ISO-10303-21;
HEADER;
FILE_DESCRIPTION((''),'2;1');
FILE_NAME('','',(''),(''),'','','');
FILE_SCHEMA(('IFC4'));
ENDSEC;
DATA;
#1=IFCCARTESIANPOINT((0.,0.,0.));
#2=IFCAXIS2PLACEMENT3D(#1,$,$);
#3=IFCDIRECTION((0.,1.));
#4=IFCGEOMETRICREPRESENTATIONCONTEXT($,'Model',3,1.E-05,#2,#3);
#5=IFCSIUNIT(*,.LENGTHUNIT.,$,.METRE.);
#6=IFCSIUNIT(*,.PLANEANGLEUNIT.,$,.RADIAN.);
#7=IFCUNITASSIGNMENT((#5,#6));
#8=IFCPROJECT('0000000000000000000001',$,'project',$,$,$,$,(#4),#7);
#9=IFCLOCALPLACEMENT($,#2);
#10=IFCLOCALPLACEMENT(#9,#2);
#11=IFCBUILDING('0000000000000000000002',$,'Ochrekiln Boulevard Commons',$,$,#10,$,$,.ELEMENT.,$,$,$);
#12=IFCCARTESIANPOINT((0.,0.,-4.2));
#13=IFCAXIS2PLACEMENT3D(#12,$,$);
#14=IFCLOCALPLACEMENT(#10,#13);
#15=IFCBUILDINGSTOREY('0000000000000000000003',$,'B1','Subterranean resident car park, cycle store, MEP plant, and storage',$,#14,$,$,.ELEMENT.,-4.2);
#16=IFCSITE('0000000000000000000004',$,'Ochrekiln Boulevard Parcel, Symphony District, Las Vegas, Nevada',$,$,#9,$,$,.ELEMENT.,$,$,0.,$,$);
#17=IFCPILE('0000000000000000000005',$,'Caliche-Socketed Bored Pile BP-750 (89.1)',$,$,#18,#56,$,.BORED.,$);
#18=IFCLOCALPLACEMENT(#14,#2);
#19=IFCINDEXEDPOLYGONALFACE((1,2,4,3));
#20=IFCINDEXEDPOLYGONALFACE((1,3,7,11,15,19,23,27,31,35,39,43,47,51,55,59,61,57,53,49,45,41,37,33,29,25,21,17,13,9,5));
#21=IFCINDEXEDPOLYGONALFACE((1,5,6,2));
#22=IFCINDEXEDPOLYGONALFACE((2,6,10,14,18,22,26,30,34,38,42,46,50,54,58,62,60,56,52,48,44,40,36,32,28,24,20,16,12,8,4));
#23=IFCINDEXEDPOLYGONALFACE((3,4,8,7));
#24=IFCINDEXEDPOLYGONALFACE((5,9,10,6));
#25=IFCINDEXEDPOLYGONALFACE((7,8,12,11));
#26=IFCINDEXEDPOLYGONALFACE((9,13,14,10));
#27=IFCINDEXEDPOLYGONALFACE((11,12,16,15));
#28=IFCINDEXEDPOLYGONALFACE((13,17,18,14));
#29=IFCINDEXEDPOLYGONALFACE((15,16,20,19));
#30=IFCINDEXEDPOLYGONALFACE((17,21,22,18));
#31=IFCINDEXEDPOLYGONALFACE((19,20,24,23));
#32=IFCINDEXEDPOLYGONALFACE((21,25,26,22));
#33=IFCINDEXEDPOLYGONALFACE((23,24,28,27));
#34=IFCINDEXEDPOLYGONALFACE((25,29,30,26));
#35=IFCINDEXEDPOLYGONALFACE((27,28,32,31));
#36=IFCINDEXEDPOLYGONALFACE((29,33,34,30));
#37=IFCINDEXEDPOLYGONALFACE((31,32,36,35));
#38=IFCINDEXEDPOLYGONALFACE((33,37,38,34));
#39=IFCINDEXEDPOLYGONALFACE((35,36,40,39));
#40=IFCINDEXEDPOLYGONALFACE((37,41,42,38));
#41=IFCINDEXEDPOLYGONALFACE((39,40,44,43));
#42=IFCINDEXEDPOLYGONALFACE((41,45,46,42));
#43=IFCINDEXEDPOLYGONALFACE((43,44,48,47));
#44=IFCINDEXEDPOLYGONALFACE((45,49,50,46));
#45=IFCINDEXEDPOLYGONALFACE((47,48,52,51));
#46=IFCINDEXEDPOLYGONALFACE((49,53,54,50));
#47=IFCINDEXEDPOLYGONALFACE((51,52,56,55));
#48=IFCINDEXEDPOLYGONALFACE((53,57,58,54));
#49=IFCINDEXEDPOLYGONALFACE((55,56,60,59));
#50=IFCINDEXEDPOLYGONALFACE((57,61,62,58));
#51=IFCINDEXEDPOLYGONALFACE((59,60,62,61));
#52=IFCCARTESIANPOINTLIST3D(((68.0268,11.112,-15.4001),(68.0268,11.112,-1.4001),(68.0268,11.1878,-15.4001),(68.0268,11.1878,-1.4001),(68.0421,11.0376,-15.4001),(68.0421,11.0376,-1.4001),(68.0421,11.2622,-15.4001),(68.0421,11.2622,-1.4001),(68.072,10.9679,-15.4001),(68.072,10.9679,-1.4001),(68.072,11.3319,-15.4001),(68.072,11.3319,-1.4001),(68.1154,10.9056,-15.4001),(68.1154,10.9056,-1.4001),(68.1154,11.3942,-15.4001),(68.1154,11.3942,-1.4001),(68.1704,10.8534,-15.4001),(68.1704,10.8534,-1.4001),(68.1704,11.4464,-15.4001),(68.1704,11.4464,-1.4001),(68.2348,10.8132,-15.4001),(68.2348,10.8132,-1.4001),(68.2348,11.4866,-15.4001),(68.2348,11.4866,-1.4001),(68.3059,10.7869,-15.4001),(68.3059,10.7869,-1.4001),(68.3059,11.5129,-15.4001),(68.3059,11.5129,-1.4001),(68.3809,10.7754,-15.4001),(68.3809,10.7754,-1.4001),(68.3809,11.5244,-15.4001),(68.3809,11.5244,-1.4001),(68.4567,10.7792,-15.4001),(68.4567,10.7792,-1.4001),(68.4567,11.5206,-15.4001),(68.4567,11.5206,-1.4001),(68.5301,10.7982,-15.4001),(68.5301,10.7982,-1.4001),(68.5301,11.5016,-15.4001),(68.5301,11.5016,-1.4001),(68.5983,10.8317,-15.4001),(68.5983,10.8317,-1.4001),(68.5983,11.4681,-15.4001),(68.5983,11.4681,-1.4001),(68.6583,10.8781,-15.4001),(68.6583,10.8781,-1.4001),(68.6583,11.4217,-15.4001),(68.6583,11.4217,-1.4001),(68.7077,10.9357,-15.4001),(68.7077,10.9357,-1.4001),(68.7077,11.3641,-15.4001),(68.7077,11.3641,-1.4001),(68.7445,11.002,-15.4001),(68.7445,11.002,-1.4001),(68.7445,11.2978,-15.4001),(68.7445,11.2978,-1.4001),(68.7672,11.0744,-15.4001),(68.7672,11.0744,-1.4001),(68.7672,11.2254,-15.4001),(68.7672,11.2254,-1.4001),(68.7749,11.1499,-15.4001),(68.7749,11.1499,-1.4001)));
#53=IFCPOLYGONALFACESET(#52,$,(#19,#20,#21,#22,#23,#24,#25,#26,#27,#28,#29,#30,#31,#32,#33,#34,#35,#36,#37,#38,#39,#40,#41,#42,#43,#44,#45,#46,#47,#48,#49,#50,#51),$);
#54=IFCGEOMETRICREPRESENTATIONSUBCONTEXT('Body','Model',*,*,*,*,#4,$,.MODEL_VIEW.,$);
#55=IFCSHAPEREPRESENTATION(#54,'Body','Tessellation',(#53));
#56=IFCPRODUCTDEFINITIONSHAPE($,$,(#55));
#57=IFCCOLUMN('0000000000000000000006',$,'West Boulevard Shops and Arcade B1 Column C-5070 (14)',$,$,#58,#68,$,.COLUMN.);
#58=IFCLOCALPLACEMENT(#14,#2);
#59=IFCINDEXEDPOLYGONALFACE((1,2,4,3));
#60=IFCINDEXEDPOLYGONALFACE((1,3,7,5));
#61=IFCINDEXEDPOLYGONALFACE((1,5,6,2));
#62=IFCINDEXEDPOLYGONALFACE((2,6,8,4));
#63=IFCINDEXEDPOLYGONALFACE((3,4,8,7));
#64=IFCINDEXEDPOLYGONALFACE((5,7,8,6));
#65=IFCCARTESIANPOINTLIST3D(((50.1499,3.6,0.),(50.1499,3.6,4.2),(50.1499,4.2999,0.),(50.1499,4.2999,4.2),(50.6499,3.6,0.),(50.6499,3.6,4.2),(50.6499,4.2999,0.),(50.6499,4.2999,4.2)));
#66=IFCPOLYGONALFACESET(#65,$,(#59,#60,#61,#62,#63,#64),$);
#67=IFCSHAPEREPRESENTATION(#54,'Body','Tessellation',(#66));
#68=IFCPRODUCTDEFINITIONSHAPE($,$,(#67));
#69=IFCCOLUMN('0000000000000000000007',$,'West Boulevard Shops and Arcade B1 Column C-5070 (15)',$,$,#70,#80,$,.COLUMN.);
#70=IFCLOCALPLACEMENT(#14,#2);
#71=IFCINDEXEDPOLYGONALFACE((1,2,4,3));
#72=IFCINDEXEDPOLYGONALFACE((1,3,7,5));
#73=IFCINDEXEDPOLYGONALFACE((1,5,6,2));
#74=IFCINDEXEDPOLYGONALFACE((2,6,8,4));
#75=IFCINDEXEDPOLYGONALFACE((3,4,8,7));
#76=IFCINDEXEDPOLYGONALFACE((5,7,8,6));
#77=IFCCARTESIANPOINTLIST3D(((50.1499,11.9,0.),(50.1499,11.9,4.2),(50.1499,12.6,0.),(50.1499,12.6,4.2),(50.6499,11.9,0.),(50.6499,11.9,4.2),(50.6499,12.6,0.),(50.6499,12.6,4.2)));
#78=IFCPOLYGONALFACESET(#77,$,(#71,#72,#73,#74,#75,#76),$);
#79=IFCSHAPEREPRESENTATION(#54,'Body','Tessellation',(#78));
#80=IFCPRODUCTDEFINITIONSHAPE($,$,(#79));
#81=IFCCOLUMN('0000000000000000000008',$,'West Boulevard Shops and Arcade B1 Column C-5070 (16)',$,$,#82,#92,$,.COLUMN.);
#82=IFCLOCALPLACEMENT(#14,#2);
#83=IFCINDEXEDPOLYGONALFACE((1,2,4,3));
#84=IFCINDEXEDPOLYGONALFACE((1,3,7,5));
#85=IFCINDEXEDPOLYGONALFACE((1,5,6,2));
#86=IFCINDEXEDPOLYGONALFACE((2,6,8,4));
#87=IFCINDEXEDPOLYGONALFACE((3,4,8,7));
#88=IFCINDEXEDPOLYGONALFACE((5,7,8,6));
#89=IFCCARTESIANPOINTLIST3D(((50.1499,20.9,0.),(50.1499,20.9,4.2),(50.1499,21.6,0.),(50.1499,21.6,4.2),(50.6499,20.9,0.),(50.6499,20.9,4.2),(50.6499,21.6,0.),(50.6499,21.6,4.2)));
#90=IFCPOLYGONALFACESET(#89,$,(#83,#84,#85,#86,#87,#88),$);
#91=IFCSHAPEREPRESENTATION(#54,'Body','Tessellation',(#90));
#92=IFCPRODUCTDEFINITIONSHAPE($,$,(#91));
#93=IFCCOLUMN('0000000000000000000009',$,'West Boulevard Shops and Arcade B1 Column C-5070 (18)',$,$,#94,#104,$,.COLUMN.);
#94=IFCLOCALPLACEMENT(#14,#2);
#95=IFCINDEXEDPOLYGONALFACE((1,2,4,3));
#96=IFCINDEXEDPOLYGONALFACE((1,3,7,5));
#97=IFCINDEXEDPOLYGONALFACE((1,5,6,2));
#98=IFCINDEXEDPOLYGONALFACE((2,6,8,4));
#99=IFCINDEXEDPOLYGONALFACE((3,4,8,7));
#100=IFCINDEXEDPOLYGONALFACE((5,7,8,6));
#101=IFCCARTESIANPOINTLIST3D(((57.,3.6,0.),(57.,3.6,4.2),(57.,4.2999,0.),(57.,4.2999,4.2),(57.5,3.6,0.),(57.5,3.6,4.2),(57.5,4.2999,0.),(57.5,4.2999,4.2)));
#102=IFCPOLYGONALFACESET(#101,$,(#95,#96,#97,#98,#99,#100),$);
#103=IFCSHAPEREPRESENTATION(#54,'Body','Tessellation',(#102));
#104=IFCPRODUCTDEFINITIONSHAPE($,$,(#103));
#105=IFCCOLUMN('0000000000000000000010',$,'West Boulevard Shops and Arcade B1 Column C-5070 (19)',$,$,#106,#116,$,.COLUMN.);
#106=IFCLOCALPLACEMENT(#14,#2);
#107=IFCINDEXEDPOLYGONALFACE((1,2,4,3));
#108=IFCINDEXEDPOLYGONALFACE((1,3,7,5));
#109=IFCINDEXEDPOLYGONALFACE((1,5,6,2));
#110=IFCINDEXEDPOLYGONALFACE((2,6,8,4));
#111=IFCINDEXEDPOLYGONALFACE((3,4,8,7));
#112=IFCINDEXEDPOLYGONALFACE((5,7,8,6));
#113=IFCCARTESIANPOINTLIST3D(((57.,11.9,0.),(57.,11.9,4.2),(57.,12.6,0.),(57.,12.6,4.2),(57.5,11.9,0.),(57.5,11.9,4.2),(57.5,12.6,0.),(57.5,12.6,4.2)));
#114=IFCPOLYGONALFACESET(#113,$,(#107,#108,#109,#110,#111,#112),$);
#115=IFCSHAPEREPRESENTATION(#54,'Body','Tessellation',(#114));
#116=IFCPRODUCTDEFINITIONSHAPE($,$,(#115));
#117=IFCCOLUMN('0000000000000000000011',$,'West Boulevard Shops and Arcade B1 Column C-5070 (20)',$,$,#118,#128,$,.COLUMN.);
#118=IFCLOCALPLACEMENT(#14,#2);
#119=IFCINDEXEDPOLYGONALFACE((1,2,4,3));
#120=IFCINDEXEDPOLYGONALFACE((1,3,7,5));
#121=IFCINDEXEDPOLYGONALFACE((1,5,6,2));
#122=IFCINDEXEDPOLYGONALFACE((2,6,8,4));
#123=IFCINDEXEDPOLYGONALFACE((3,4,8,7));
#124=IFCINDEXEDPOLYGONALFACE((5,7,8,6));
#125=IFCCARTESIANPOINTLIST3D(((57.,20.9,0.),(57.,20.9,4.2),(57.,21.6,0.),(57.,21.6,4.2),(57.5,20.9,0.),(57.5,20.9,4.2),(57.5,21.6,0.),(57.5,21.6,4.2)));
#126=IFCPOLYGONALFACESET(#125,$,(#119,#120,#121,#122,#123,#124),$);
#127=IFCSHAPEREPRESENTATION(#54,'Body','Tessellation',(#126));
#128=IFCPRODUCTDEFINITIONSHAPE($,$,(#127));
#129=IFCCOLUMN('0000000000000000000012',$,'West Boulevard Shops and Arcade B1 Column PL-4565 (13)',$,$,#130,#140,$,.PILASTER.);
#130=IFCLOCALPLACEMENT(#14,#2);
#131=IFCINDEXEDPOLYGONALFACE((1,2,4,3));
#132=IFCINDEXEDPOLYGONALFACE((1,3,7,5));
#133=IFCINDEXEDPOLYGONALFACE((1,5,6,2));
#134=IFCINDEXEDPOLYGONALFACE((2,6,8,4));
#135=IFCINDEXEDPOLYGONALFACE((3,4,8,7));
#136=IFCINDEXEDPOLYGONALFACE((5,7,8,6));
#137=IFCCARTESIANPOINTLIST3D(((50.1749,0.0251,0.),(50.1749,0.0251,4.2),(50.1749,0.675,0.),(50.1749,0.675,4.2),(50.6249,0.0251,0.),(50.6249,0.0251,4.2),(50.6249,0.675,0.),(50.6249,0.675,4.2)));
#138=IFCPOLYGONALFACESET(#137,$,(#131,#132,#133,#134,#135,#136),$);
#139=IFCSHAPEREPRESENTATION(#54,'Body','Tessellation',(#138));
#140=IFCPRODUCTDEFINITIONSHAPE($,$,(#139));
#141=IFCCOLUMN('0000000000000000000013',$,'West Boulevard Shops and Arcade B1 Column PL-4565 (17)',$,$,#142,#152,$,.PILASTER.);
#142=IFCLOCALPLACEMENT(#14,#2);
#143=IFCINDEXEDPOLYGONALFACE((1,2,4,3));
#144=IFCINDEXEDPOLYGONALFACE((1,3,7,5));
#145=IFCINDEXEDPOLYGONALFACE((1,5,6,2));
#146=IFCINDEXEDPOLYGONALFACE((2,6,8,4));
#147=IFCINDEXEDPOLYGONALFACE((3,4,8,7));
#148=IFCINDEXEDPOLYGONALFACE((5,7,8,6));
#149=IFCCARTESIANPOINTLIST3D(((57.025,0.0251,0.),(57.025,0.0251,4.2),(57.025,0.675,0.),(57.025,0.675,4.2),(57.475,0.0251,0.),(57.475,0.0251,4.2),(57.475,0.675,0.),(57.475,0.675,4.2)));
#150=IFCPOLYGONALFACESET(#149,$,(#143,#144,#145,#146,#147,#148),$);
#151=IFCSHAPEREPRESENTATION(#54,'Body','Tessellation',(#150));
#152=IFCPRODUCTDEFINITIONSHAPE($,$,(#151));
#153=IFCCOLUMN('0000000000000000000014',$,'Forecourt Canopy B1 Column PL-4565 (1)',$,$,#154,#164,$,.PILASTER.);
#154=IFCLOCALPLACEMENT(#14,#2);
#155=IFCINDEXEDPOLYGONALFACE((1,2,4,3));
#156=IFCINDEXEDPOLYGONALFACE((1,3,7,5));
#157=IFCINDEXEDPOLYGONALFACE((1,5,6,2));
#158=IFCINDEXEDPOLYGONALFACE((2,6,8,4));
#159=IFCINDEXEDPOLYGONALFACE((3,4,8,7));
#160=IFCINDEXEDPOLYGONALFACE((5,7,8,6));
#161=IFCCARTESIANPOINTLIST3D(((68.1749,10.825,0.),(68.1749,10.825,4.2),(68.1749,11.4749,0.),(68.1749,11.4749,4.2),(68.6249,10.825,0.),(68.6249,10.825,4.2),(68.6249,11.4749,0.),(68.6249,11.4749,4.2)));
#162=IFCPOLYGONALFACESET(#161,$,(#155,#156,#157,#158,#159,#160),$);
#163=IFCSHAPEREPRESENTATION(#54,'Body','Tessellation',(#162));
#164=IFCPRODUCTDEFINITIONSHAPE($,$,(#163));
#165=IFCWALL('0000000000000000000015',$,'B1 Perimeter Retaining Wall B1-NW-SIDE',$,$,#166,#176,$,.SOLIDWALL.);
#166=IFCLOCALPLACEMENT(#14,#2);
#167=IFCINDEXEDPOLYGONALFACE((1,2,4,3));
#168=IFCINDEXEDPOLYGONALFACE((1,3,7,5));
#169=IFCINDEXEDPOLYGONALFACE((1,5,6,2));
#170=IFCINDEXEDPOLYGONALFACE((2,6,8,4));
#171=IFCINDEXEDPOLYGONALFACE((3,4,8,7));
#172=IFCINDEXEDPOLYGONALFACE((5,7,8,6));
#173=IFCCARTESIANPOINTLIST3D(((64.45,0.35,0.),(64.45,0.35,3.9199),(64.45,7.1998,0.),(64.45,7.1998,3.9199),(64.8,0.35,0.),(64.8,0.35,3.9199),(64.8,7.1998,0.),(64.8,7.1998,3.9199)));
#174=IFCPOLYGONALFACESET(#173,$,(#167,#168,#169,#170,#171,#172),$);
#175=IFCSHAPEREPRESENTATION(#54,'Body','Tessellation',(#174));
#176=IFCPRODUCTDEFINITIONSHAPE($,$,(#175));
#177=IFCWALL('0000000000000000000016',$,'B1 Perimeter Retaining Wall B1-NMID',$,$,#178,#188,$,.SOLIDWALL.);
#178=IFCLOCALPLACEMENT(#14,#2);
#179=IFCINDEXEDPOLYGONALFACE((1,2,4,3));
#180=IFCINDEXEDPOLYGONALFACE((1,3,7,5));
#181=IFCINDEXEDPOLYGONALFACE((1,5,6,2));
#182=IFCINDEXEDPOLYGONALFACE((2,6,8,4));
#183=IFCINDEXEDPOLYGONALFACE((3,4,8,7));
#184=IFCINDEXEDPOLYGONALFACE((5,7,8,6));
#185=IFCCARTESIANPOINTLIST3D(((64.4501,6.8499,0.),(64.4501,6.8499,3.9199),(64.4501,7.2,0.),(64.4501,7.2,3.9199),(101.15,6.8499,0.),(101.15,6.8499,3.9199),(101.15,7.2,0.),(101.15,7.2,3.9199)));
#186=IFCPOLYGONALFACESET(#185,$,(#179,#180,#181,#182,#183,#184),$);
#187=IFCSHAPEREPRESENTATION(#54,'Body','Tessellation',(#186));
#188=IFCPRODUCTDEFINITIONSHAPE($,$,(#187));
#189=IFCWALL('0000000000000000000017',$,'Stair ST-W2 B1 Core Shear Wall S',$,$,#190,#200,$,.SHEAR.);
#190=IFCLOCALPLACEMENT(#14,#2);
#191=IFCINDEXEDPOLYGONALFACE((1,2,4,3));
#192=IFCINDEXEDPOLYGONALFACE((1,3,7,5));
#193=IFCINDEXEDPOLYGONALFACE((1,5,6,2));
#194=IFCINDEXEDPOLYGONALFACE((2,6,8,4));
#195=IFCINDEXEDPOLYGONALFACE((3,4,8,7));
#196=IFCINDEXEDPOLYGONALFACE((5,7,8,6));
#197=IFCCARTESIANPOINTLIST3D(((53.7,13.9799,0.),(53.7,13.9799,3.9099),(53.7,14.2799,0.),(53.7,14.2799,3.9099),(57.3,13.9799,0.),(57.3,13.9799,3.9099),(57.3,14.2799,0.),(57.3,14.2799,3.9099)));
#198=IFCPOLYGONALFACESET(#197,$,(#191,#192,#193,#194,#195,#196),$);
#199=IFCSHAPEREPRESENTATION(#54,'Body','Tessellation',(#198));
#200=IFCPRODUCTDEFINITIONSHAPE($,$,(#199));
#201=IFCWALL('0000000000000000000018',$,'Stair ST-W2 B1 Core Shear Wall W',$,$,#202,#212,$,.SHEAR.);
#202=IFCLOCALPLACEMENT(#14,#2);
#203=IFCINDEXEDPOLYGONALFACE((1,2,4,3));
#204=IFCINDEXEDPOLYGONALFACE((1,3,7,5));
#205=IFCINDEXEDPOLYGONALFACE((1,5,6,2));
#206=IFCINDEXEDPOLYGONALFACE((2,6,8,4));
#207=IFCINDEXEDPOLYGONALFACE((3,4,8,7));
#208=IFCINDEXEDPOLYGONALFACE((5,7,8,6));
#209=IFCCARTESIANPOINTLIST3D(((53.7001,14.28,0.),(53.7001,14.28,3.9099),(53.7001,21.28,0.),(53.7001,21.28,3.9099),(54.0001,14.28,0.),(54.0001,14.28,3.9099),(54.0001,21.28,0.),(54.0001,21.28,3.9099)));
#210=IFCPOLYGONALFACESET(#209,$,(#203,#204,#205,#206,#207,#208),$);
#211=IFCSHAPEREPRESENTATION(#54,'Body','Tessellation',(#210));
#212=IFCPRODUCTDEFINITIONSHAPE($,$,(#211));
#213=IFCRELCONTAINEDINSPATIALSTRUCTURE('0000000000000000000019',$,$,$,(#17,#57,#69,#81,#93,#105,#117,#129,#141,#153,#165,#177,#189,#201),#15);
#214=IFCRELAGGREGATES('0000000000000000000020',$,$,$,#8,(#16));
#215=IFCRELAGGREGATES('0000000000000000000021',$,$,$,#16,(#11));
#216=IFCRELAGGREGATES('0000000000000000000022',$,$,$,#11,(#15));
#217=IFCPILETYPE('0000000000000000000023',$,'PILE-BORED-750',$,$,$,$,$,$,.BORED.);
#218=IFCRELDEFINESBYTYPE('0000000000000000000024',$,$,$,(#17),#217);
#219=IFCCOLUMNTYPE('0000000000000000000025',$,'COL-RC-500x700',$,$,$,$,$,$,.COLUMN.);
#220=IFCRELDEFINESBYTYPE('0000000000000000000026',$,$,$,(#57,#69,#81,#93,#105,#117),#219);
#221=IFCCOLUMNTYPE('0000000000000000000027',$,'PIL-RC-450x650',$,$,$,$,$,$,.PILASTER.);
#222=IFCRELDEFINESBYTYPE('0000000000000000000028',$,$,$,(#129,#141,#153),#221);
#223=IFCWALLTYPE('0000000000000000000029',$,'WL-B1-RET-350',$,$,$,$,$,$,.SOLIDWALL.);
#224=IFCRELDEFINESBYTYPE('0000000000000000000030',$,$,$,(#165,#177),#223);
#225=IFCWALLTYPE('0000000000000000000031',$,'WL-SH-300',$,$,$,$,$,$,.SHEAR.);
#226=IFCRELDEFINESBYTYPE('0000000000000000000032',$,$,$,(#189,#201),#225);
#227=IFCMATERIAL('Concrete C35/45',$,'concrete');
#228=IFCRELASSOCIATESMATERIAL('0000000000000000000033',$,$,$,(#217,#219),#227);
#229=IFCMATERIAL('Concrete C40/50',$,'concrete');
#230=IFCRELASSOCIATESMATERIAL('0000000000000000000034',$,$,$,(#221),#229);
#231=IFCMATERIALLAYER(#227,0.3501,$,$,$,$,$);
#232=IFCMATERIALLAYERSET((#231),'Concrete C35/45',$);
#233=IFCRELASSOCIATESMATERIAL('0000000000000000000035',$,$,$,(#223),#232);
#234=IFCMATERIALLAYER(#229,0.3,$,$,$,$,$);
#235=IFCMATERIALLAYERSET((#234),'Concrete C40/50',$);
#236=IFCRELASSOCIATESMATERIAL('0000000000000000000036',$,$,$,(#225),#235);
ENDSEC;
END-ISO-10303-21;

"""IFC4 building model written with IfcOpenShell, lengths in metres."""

from ifc_helpers import new_model, si_unit, direction, frame, frame_2d, origin, origin_2d, place, context, subcontext, project, spatial, rectangle, circle, extrude, material, layer, layer_set, material_profile, profile_set, type_object, element, save


model = new_model("IFC4")

# Units and contexts
model_context = context("Model", 3, precision=1e-05, world=origin(), true_north=direction((0.0, 1.0)))
body_context = subcontext(model_context, "Body", "Model", "MODEL_VIEW")
ifc_project = project(units=[si_unit("LENGTHUNIT", "METRE"), si_unit("PLANEANGLEUNIT", "RADIAN")], contexts=[model_context])

# Site, building, storey
site_placement = place(None, origin())
site = spatial("IfcSite", under=ifc_project, at=site_placement, Name="Ochrekiln Boulevard Parcel, Symphony District, Las Vegas, Nevada", CompositionType="ELEMENT", RefElevation=0.0)
building_placement = place(site_placement, origin())
building = spatial("IfcBuilding", under=site, at=building_placement, Name="Ochrekiln Boulevard Commons", CompositionType="ELEMENT")
storey_placement = place(building_placement, frame((0.0, 0.0, -4.2)))
storey = spatial("IfcBuildingStorey", under=building, at=storey_placement, Name="B1", Description="Subterranean resident car park, cycle store, MEP plant, and storage", CompositionType="ELEMENT", Elevation=-4.2)

# Shared definitions
ifc_material_1 = material(Name="Concrete C35/45", Category="concrete")

# Pile
ifc_material_profile_1 = material_profile(ifc_material_1, circle(Radius=0.375, at=origin_2d()), Name="PILE-D750")
ifc_profile_set_1 = profile_set([ifc_material_profile_1], Name="Concrete C35/45")
pile_type = type_object("IfcPileType", Name="PILE-BORED-750", PredefinedType="BORED", material=ifc_profile_set_1)
pile_1_placement = place(storey_placement, frame((68.3999, 11.1499, -1.4001), z_axis=(0.0, 0.0, -1.0), x_axis=(1.0, 0.0, 0.0)))
element("IfcPile", 1, at=pile_1_placement, inside=storey, type_object=pile_type, Name="Caliche-Socketed Bored Pile BP-750 (89.1)", PredefinedType="BORED", context=body_context, shape_type="SweptSolid", body=[
    extrude(circle(Radius=0.375, at=origin_2d()), origin(), (0.0, 0.0, 1.0), 14.0),
])

# Columns
ifc_material_profile_2 = material_profile(ifc_material_1, rectangle(XDim=0.5, YDim=0.7, at=origin_2d()), Name="RC-COL-500x700")
ifc_profile_set_2 = profile_set([ifc_material_profile_2], Name="Concrete C35/45")
column_type_1 = type_object("IfcColumnType", Name="COL-RC-500x700", PredefinedType="COLUMN", material=ifc_profile_set_2)
for number, where, z_axis, x_axis, name in (
    (2, (50.3999, 3.95, 0.0), (0.0, 0.0, 1.0), (1.0, 0.0, 0.0), "West Boulevard Shops and Arcade B1 Column C-5070 (14)"),
    (3, (50.3999, 12.25, 0.0), (0.0, 0.0, 1.0), (1.0, 0.0, 0.0), "West Boulevard Shops and Arcade B1 Column C-5070 (15)"),
    (4, (50.3999, 21.25, 0.0), (0.0, 0.0, 1.0), (1.0, 0.0, 0.0), "West Boulevard Shops and Arcade B1 Column C-5070 (16)"),
    (5, (57.25, 3.95, 0.0), (0.0, 0.0, 1.0), (1.0, 0.0, 0.0), "West Boulevard Shops and Arcade B1 Column C-5070 (18)"),
    (6, (57.25, 12.25, 0.0), (0.0, 0.0, 1.0), (1.0, 0.0, 0.0), "West Boulevard Shops and Arcade B1 Column C-5070 (19)"),
    (7, (57.25, 21.25, 0.0), (0.0, 0.0, 1.0), (1.0, 0.0, 0.0), "West Boulevard Shops and Arcade B1 Column C-5070 (20)"),
):
    element("IfcColumn", number, at=place(storey_placement, frame(where, z_axis=z_axis, x_axis=x_axis)), inside=storey, type_object=column_type_1, Name=name, PredefinedType="COLUMN", context=body_context, shape_type="SweptSolid", body=[
        extrude(rectangle(XDim=0.5, YDim=0.7, at=origin_2d()), origin(), (0.0, 0.0, 1.0), 4.2),
    ])
ifc_material_2 = material(Name="Concrete C40/50", Category="concrete")
ifc_material_profile_3 = material_profile(ifc_material_2, rectangle(XDim=0.45, YDim=0.6499, at=origin_2d()), Name="RC-PIL-450x650")
ifc_profile_set_3 = profile_set([ifc_material_profile_3], Name="Concrete C40/50")
column_type_2 = type_object("IfcColumnType", Name="PIL-RC-450x650", PredefinedType="PILASTER", material=ifc_profile_set_3)
for number, where, z_axis, x_axis, name in (
    (8, (50.3999, 0.3501, 0.0), (0.0, 0.0, 1.0), (1.0, 0.0, 0.0), "West Boulevard Shops and Arcade B1 Column PL-4565 (13)"),
    (9, (57.25, 0.3501, 0.0), (0.0, 0.0, 1.0), (1.0, 0.0, 0.0), "West Boulevard Shops and Arcade B1 Column PL-4565 (17)"),
    (10, (68.3999, 11.1499, 0.0), (0.0, 0.0, 1.0), (1.0, 0.0, 0.0), "Forecourt Canopy B1 Column PL-4565 (1)"),
):
    element("IfcColumn", number, at=place(storey_placement, frame(where, z_axis=z_axis, x_axis=x_axis)), inside=storey, type_object=column_type_2, Name=name, PredefinedType="PILASTER", context=body_context, shape_type="SweptSolid", body=[
        extrude(rectangle(XDim=0.45, YDim=0.6499, at=origin_2d()), origin(), (0.0, 0.0, 1.0), 4.2),
    ])

# Walls
ifc_layer_1 = layer(ifc_material_1, 0.3501)
ifc_layer_set_1 = layer_set([ifc_layer_1], Name="Concrete C35/45")
wall_type_1 = type_object("IfcWallType", Name="WL-B1-RET-350", PredefinedType="SOLIDWALL", material=ifc_layer_set_1)
wall_1_placement = place(storey_placement, frame((64.625, 0.3501, 0.0), z_axis=(0.0, 0.0, 1.0), x_axis=(0.0, 1.0, 0.0)))
element("IfcWall", 11, at=wall_1_placement, inside=storey, type_object=wall_type_1, Name="B1 Perimeter Retaining Wall B1-NW-SIDE", PredefinedType="SOLIDWALL", context=body_context, shape_type="SweptSolid", body=[
    extrude(rectangle(XDim=6.8499, YDim=0.3501, at=frame_2d((3.4248, 0.0))), origin(), (0.0, 0.0, 1.0), 3.9199),
])
wall_2_placement = place(storey_placement, frame((64.45, 7.0249, 0.0), z_axis=(0.0, 0.0, 1.0), x_axis=(1.0, 0.0, 0.0)))
element("IfcWall", 12, at=wall_2_placement, inside=storey, type_object=wall_type_1, Name="B1 Perimeter Retaining Wall B1-NMID", PredefinedType="SOLIDWALL", context=body_context, shape_type="SweptSolid", body=[
    extrude(rectangle(XDim=36.7, YDim=0.3501, at=frame_2d((18.3501, 0.0))), origin(), (0.0, 0.0, 1.0), 3.9199),
])
ifc_layer_2 = layer(ifc_material_2, 0.3)
ifc_layer_set_2 = layer_set([ifc_layer_2], Name="Concrete C40/50")
wall_type_2 = type_object("IfcWallType", Name="WL-SH-300", PredefinedType="SHEAR", material=ifc_layer_set_2)
wall_3_placement = place(storey_placement, frame((53.7, 14.1299, 0.0), z_axis=(0.0, 0.0, 1.0), x_axis=(1.0, 0.0, 0.0)))
element("IfcWall", 13, at=wall_3_placement, inside=storey, type_object=wall_type_2, Name="Stair ST-W2 B1 Core Shear Wall S", PredefinedType="SHEAR", context=body_context, shape_type="SweptSolid", body=[
    extrude(rectangle(XDim=3.6001, YDim=0.3, at=frame_2d((1.8, 0.0))), origin(), (0.0, 0.0, 1.0), 3.9099),
])
for number, where, z_axis, x_axis, name in (
    (14, (53.8501, 14.28, 0.0), (0.0, 0.0, 1.0), (0.0, 1.0, 0.0), "Stair ST-W2 B1 Core Shear Wall W"),
):
    element("IfcWall", number, at=place(storey_placement, frame(where, z_axis=z_axis, x_axis=x_axis)), inside=storey, type_object=wall_type_2, Name=name, PredefinedType="SHEAR", context=body_context, shape_type="SweptSolid", body=[
        extrude(rectangle(XDim=7.0, YDim=0.3, at=frame_2d((3.5, 0.0))), origin(), (0.0, 0.0, 1.0), 3.9099),
    ])

save(model, "model.ifc")
